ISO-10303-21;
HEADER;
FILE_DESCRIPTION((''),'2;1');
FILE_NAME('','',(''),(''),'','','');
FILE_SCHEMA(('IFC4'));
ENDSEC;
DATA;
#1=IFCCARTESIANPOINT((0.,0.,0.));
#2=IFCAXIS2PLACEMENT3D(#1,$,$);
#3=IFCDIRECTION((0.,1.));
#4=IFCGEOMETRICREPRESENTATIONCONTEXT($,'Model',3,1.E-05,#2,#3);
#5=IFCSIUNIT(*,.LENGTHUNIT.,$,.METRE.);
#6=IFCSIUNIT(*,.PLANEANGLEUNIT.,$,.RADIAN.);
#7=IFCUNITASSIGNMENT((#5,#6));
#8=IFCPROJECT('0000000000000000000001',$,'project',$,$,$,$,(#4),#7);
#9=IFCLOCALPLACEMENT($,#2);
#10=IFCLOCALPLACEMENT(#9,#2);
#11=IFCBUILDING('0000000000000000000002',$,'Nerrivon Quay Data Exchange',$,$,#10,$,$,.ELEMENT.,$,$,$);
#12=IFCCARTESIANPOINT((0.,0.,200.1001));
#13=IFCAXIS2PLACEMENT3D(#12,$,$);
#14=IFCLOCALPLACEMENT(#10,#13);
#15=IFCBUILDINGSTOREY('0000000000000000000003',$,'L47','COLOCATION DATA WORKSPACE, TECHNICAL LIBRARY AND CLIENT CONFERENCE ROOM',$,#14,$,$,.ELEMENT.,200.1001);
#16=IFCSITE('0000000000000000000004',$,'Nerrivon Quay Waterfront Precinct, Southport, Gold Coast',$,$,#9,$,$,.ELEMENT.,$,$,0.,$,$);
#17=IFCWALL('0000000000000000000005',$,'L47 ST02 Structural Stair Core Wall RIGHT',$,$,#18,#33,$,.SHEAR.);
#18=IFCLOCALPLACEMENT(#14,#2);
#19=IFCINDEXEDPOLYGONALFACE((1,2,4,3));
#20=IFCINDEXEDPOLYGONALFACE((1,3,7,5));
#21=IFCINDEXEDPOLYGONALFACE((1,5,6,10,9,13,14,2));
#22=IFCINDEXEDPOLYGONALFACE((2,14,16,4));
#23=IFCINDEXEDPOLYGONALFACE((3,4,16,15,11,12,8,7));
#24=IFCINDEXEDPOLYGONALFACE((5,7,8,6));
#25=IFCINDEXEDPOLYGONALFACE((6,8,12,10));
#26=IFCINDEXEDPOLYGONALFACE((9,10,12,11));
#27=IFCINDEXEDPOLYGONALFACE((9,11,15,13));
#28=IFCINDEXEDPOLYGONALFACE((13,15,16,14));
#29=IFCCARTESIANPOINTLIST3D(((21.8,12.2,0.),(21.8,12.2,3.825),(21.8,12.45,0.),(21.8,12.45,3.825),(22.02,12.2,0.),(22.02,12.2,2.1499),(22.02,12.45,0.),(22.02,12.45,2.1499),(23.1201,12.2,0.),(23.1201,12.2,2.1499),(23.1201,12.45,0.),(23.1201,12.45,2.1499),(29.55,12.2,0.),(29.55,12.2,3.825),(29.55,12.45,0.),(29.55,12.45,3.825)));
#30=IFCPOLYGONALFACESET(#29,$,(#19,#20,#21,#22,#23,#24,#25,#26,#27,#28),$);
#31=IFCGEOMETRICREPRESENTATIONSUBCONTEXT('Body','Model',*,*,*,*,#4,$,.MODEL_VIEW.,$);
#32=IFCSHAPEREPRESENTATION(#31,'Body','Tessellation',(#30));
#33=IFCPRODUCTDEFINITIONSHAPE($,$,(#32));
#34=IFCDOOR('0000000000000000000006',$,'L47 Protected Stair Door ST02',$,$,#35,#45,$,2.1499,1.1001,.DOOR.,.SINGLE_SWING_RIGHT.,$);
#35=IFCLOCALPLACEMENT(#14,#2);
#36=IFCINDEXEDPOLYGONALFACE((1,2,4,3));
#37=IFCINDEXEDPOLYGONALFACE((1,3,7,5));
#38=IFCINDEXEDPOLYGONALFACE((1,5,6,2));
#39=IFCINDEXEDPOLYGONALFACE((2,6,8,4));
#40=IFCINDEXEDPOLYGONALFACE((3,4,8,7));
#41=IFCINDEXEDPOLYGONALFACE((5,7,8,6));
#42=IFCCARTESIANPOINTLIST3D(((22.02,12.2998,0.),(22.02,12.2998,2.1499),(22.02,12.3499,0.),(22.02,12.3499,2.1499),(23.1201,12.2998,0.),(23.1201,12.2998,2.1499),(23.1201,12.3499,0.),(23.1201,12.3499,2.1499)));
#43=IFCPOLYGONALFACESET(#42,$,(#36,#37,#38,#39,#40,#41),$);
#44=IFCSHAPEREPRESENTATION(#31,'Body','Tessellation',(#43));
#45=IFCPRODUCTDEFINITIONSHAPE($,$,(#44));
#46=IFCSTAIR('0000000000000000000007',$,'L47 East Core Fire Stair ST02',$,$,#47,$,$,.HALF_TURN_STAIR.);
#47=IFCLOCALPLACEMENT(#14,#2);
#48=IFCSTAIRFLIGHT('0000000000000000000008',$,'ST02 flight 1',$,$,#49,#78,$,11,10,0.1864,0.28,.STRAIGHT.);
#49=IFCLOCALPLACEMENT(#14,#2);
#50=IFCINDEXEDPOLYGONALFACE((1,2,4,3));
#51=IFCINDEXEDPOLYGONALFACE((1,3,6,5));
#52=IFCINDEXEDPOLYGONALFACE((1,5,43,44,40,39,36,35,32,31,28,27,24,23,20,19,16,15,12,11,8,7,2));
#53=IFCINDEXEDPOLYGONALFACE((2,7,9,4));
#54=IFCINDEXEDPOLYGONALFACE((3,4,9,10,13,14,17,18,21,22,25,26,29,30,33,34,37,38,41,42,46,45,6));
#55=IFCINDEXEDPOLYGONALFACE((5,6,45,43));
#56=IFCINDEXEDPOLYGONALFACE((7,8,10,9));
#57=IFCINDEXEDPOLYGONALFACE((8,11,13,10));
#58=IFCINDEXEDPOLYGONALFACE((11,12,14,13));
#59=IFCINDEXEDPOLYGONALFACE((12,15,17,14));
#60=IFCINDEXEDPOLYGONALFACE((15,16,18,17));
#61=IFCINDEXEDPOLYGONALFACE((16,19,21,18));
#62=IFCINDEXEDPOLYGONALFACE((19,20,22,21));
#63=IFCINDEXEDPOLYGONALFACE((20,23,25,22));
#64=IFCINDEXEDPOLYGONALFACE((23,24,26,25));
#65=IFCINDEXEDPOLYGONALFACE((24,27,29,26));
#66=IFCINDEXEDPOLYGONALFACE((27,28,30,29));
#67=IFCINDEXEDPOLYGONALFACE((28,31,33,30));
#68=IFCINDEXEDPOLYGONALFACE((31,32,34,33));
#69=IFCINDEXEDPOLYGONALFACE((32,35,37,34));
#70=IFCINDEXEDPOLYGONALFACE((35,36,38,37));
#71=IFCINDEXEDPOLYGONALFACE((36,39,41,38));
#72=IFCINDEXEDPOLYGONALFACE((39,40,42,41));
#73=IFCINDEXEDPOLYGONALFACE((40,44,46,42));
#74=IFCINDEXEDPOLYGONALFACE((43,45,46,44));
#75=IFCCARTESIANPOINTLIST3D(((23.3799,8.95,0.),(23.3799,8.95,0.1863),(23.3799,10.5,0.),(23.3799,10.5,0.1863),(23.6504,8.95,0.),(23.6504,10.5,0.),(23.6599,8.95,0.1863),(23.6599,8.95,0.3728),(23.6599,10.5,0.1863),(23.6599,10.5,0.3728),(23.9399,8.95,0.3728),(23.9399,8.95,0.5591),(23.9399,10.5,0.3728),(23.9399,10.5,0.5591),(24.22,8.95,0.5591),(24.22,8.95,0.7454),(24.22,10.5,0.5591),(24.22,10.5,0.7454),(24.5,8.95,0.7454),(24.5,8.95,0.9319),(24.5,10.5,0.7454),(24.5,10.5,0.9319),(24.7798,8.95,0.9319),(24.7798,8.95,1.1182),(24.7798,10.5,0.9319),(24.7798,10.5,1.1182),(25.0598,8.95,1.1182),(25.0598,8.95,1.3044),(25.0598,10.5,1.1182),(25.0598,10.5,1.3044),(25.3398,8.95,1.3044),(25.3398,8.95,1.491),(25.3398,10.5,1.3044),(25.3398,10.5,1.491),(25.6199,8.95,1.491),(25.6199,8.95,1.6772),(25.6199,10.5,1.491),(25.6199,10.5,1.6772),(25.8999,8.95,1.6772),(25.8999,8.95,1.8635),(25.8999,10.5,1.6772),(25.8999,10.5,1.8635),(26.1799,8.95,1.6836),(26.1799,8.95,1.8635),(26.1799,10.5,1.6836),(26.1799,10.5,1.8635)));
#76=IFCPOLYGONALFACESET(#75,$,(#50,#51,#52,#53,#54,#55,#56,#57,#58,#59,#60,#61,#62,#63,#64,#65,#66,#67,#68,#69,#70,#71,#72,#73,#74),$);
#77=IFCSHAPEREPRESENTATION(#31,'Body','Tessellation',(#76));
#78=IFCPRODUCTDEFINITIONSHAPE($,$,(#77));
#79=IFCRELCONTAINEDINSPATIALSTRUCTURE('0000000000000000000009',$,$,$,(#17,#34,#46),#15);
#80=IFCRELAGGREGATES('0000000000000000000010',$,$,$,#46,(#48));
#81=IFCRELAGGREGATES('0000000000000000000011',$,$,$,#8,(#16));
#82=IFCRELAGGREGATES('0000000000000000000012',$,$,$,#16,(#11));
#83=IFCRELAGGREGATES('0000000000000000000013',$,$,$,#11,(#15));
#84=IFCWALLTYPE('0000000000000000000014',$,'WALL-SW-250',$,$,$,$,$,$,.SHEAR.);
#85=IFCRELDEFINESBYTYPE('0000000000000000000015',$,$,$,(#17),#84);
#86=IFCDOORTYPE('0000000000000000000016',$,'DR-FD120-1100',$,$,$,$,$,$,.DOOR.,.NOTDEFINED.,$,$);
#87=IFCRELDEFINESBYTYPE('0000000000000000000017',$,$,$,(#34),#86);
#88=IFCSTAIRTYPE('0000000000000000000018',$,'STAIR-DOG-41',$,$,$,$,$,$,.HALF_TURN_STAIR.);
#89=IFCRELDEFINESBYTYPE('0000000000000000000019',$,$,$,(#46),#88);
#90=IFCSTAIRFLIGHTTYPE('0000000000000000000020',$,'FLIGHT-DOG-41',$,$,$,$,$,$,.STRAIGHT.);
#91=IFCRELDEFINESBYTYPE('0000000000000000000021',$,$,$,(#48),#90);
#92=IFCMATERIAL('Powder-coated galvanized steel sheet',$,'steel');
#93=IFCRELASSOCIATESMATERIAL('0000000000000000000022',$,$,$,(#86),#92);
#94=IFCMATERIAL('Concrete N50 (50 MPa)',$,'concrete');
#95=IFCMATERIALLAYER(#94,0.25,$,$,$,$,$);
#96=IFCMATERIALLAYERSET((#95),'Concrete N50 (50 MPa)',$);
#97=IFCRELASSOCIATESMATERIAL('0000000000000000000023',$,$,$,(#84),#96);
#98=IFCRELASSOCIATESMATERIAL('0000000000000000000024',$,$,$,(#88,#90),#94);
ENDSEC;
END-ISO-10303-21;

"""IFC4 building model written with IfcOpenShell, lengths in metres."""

from ifc_helpers import new_model, si_unit, direction, frame, frame_2d, origin, place, context, subcontext, project, spatial, polyline, rectangle, outline, extrude, material, layer, layer_set, type_object, element, fill, aggregate, save


model = new_model("IFC4")

# Units and contexts
model_context = context("Model", 3, precision=1e-05, world=origin(), true_north=direction((0.0, 1.0)))
body_context = subcontext(model_context, "Body", "Model", "MODEL_VIEW")
ifc_project = project(units=[si_unit("LENGTHUNIT", "METRE"), si_unit("PLANEANGLEUNIT", "RADIAN")], contexts=[model_context])

# Site, building, storey
site_placement = place(None, origin())
site = spatial("IfcSite", under=ifc_project, at=site_placement, Name="Nerrivon Quay Waterfront Precinct, Southport, Gold Coast", CompositionType="ELEMENT", RefElevation=0.0)
building_placement = place(site_placement, origin())
building = spatial("IfcBuilding", under=site, at=building_placement, Name="Nerrivon Quay Data Exchange", CompositionType="ELEMENT")
storey_placement = place(building_placement, frame((0.0, 0.0, 200.1001)))
storey = spatial("IfcBuildingStorey", under=building, at=storey_placement, Name="L47", Description="COLOCATION DATA WORKSPACE, TECHNICAL LIBRARY AND CLIENT CONFERENCE ROOM", CompositionType="ELEMENT", Elevation=200.1001)

# Shared definitions
ifc_material_1 = material(Name="Concrete N50 (50 MPa)", Category="concrete")

# Shared definitions
ifc_material_2 = material(Name="Powder-coated galvanized steel sheet", Category="steel")
door_type_1 = type_object("IfcDoorType", Name="DR-FD120-1100", OperationType="NOTDEFINED", PredefinedType="DOOR", material=ifc_material_2)

# Shared definitions
ifc_layer_1 = layer(ifc_material_1, 0.25)
ifc_layer_set_1 = layer_set([ifc_layer_1], Name="Concrete N50 (50 MPa)")
wall_type_1 = type_object("IfcWallType", Name="WALL-SW-250", PredefinedType="SHEAR", material=ifc_layer_set_1)

# Wall, opening, door
wall_1_placement = place(storey_placement, frame((21.8, 12.325, 0.0), z_axis=(0.0, 0.0, 1.0), x_axis=(1.0, 0.0, 0.0)))
wall_1 = element("IfcWall", 1, at=wall_1_placement, inside=storey, type_object=wall_type_1, Name="L47 ST02 Structural Stair Core Wall RIGHT", PredefinedType="SHEAR", context=body_context, shape_type="SweptSolid", body=[
    extrude(rectangle(XDim=7.75, YDim=0.25, at=frame_2d((3.875, 0.0))), origin(), (0.0, 0.0, 1.0), 3.825),
])
opening_1_placement = place(wall_1_placement, frame((0.22, 0.0, 0.0)))
opening_1 = element("IfcOpeningElement", 2, at=opening_1_placement, cuts=wall_1, PredefinedType="OPENING", context=body_context, shape_type="SweptSolid", body=[
    extrude(rectangle(XDim=1.1001, YDim=2.1499, at=frame_2d((0.55, 1.075))), frame((0.0, 0.135, 0.0), z_axis=(0.0, -1.0, 0.0), x_axis=(1.0, 0.0, 0.0)), (0.0, 0.0, 1.0), 0.27),
])
door_1_placement = place(opening_1_placement, origin())
door_1 = element("IfcDoor", 3, at=door_1_placement, inside=storey, type_object=door_type_1, Name="L47 Protected Stair Door ST02", OperationType="SINGLE_SWING_RIGHT", OverallHeight=2.1499, OverallWidth=1.1001, PredefinedType="DOOR", context=body_context, shape_type="SweptSolid", body=[
    extrude(rectangle(XDim=1.1001, YDim=2.1499, at=frame_2d((0.55, 1.075))), frame((0.0, 0.0249, 0.0), z_axis=(0.0, -1.0, 0.0), x_axis=(1.0, 0.0, 0.0)), (0.0, 0.0, 1.0), 0.05),
])
fill(opening_1, door_1)

# Stair, stair flight
stair_type = type_object("IfcStairType", Name="STAIR-DOG-41", PredefinedType="HALF_TURN_STAIR", material=ifc_material_1)
stair_placement = place(storey_placement, origin())
stair = element("IfcStair", 4, at=stair_placement, inside=storey, type_object=stair_type, Name="L47 East Core Fire Stair ST02", PredefinedType="HALF_TURN_STAIR")
stair_flight_type = type_object("IfcStairFlightType", Name="FLIGHT-DOG-41", PredefinedType="STRAIGHT", material=ifc_material_1)
stair_flight_placement = place(storey_placement, frame((23.3799, 9.7251, 0.0), z_axis=(0.0, 0.0, 1.0), x_axis=(1.0, 0.0, 0.0)))
stair_flight = element("IfcStairFlight", 5, at=stair_flight_placement, type_object=stair_flight_type, Name="ST02 flight 1", NumberOfRisers=11, NumberOfTreads=10, PredefinedType="STRAIGHT", RiserHeight=0.1864, TreadLength=0.28, context=body_context, shape_type="SweptSolid", body=[
    extrude(outline(polyline([(0.0, 0.0), (0.0, 0.1863), (0.28, 0.1863), (0.28, 0.3728), (0.5601, 0.3728), (0.5601, 0.5591), (0.8401, 0.5591), (0.8401, 0.7454), (1.1201, 0.7454), (1.1201, 0.9319), (1.3999, 0.9319), (1.3999, 1.1182), (1.6799, 1.1182), (1.6799, 1.3044), (1.96, 1.3044), (1.96, 1.491), (2.24, 1.491), (2.24, 1.6772), (2.52, 1.6772), (2.52, 1.8635), (2.8, 1.8635), (2.8, 2.05), (2.8, 1.6836), (0.2705, 0.0), (0.0, 0.0)])), frame((0.0, 0.7749, 0.0), z_axis=(0.0, -1.0, 0.0), x_axis=(1.0, 0.0, 0.0)), (0.0, 0.0, 1.0), 1.55),
])
aggregate(stair, [stair_flight])

save(model, "model.ifc")
